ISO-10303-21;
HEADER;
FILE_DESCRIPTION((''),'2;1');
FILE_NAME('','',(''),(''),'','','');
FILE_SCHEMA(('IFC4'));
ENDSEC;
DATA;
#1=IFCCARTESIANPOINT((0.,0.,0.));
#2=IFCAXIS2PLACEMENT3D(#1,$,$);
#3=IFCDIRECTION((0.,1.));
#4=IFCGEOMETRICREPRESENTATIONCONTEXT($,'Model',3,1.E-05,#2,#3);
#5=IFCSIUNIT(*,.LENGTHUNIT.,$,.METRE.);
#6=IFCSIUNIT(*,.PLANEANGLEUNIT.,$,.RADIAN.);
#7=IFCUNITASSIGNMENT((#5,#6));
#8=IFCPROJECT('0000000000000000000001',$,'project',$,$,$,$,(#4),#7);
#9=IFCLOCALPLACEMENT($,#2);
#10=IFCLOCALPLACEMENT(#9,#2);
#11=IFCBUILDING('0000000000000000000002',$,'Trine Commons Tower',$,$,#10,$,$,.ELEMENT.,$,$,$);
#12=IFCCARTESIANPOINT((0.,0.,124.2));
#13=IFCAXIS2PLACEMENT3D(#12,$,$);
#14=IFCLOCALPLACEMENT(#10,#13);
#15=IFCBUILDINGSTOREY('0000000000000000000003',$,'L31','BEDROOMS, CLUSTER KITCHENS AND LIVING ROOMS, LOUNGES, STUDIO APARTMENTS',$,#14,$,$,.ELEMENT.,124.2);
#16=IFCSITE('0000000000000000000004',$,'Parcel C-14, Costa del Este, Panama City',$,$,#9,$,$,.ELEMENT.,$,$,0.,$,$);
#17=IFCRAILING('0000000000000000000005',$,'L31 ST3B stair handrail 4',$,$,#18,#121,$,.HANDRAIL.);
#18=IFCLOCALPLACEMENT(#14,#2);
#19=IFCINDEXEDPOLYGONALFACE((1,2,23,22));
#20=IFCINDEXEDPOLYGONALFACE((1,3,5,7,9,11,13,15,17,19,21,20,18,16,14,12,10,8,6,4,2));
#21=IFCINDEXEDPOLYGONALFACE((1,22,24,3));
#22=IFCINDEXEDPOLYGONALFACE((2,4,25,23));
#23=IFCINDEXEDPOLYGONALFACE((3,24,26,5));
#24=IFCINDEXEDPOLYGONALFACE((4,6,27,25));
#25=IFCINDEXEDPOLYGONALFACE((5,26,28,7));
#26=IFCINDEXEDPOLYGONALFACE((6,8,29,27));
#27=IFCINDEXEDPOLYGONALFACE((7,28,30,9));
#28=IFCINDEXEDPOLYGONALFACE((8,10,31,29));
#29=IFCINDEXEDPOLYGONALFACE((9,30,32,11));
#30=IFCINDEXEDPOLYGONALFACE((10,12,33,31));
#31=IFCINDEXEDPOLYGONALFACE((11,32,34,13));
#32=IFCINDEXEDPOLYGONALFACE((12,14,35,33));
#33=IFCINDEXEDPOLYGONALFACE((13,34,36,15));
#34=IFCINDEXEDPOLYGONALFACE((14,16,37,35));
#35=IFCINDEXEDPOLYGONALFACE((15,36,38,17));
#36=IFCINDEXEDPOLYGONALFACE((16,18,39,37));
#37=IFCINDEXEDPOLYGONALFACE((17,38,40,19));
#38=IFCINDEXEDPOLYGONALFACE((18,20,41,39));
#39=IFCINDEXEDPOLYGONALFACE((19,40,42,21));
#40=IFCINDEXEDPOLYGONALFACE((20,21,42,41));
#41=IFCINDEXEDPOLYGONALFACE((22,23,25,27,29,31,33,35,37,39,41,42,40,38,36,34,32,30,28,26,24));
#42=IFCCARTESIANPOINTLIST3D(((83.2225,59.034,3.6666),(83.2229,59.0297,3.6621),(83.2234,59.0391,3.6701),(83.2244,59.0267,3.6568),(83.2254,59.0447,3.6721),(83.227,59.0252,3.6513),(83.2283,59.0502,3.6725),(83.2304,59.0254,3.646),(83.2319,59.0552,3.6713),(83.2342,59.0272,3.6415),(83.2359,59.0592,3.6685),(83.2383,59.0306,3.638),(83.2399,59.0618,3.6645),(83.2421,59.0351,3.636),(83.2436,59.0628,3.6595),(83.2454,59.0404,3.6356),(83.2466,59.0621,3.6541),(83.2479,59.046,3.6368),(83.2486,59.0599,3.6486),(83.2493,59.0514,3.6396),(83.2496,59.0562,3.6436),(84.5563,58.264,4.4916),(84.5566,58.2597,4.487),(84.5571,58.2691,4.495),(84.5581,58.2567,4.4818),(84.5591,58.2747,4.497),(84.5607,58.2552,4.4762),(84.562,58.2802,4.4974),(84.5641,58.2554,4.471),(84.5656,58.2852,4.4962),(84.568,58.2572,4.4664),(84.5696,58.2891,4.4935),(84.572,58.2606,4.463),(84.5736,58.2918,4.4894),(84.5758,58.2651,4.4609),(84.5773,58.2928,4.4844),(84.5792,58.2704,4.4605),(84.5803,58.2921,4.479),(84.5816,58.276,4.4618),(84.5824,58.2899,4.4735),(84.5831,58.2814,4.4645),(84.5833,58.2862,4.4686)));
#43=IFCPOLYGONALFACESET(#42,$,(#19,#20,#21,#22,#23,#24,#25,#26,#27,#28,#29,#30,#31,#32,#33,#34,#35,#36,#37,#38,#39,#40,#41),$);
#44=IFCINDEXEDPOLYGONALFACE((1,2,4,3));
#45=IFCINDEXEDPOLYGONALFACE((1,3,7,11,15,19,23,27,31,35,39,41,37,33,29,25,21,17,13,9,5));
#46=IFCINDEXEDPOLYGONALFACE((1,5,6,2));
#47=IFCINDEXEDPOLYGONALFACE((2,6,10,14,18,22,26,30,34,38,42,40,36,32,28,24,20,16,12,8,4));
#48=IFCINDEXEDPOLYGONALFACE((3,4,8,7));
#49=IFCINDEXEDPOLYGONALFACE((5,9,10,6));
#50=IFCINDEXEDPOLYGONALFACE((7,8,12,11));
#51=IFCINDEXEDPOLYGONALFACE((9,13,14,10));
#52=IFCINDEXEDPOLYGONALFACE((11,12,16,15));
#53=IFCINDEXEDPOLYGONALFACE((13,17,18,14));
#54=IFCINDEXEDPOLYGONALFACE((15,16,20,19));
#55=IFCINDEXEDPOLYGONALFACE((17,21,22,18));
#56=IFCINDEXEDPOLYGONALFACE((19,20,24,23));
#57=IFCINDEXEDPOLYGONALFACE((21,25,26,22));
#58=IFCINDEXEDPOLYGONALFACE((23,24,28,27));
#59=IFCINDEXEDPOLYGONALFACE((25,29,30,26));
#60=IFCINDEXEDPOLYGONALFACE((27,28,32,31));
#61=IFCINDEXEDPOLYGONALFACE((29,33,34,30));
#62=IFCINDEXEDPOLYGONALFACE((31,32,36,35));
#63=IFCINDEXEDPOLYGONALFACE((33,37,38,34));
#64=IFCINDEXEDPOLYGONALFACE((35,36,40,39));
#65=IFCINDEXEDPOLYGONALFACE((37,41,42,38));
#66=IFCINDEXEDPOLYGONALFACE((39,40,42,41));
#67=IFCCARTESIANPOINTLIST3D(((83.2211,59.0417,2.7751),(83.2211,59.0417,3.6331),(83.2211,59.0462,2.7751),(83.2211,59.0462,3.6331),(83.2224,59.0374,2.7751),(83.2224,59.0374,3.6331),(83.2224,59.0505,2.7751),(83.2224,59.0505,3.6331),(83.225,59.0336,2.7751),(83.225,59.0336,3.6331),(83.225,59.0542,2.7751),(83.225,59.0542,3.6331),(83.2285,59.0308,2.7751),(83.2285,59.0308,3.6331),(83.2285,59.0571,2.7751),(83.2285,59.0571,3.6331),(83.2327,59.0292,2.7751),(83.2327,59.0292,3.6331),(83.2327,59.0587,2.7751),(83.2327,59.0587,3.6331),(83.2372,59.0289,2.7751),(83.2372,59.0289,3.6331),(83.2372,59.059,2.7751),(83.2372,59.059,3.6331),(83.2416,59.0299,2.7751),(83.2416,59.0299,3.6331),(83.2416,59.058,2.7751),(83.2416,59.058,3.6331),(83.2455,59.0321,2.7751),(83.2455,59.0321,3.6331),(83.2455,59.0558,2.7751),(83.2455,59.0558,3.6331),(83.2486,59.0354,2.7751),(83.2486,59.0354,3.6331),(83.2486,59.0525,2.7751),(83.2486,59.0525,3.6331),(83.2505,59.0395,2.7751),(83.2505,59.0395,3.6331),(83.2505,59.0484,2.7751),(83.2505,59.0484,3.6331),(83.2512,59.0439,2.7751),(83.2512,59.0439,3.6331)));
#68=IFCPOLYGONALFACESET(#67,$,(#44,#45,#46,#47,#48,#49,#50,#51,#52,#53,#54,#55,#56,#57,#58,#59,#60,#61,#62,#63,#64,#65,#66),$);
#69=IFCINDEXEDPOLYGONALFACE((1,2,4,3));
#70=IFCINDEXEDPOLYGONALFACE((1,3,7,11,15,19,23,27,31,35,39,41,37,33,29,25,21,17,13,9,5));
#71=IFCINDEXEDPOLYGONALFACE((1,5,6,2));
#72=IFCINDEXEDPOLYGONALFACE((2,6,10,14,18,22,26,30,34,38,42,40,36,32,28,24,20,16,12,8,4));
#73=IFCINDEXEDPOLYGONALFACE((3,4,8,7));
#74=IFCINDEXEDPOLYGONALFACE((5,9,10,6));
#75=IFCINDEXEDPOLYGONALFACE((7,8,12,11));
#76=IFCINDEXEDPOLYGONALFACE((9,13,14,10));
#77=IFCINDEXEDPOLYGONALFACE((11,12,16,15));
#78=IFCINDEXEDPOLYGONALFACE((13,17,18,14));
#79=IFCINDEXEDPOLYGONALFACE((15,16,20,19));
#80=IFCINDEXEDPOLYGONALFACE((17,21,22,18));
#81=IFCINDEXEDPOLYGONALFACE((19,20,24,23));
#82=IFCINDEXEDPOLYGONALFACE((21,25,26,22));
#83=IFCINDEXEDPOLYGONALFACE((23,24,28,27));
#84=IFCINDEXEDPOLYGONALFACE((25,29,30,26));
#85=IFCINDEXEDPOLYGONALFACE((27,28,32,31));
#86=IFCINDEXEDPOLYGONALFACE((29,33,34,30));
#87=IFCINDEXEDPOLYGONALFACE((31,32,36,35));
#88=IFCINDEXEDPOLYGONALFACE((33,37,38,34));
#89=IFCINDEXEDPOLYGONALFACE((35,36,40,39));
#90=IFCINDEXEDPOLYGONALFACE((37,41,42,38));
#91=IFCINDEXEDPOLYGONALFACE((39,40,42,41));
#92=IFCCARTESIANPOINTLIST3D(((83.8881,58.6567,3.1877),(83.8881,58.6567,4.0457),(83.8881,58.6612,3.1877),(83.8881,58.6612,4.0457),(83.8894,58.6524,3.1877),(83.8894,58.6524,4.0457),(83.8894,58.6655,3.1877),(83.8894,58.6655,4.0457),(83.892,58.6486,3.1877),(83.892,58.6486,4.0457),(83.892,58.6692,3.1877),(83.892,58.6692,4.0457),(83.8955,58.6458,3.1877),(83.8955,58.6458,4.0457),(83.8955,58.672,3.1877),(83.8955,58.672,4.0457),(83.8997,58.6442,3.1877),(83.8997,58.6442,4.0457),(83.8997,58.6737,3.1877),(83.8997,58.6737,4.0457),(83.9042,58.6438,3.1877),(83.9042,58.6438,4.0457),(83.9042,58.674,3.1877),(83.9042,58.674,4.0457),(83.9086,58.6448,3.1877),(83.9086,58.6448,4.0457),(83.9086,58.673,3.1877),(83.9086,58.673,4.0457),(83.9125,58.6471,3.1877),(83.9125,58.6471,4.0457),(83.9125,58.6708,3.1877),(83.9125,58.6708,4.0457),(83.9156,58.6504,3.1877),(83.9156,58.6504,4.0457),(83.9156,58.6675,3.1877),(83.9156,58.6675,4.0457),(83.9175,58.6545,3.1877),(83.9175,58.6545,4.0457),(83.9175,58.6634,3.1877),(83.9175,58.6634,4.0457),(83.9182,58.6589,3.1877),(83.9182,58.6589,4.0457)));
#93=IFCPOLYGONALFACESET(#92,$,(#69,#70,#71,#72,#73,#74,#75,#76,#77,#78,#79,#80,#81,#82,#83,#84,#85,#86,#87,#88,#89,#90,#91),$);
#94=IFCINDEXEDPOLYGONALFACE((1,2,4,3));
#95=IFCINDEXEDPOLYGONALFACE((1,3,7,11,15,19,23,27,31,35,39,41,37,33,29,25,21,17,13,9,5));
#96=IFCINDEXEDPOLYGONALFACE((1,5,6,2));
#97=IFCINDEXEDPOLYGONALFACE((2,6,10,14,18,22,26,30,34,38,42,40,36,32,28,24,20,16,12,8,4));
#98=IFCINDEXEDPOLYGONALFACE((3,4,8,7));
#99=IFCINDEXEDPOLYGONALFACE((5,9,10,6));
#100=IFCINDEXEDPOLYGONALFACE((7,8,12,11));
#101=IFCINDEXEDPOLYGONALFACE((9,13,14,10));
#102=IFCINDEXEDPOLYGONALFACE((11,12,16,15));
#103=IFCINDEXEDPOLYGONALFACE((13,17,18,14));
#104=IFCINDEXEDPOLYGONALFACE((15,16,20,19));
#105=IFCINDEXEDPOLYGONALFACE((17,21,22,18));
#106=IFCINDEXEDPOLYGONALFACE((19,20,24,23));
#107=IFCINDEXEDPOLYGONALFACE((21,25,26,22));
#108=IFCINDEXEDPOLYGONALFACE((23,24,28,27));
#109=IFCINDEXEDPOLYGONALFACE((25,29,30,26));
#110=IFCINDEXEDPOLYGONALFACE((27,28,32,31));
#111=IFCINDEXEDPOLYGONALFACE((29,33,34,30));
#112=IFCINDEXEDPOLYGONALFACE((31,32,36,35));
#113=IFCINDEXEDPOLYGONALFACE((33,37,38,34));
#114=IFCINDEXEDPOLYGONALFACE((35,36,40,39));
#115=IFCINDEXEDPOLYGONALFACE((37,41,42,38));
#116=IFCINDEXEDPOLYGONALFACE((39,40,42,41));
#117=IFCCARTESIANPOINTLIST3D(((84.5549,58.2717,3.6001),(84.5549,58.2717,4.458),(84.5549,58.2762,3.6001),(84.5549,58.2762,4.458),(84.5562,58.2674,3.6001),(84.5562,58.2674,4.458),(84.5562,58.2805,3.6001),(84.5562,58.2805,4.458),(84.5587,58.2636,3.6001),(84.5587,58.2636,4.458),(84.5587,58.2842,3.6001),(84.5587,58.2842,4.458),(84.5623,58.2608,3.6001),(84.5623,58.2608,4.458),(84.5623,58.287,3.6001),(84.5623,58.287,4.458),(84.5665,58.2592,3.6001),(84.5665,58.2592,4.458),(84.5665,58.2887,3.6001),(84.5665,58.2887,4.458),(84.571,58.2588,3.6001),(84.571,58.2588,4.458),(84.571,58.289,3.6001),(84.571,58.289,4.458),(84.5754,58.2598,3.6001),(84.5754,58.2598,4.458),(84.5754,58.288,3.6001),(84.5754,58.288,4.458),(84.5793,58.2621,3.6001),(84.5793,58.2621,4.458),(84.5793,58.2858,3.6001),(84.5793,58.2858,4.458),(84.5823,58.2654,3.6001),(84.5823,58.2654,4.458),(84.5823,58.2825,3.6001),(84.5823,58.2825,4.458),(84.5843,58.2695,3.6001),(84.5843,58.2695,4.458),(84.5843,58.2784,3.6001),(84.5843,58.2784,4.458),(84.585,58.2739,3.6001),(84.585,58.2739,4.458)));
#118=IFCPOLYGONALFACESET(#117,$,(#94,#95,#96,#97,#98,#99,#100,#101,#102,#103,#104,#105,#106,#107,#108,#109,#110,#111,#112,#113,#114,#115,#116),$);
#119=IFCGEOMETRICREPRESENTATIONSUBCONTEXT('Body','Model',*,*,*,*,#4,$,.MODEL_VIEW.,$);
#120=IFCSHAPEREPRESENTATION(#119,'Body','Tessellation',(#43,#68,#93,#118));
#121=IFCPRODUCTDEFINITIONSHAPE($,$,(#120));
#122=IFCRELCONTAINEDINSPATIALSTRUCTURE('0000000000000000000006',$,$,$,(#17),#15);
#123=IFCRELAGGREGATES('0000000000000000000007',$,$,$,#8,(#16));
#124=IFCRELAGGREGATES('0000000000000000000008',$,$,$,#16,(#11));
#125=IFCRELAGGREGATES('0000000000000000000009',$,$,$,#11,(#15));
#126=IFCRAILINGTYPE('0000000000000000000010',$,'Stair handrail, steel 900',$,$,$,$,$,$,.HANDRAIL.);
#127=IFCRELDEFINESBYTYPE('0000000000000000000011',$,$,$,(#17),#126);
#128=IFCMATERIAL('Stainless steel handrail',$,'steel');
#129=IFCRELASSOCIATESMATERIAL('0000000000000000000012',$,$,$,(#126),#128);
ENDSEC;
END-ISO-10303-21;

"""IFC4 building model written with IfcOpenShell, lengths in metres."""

from ifc_helpers import new_model, si_unit, direction, frame, origin, origin_2d, place, context, subcontext, project, spatial, circle, extrude, material, type_object, element, save


model = new_model("IFC4")

# Units and contexts
model_context = context("Model", 3, precision=1e-05, world=origin(), true_north=direction((0.0, 1.0)))
body_context = subcontext(model_context, "Body", "Model", "MODEL_VIEW")
ifc_project = project(units=[si_unit("LENGTHUNIT", "METRE"), si_unit("PLANEANGLEUNIT", "RADIAN")], contexts=[model_context])

# Site, building, storey
site_placement = place(None, origin())
site = spatial("IfcSite", under=ifc_project, at=site_placement, Name="Parcel C-14, Costa del Este, Panama City", CompositionType="ELEMENT", RefElevation=0.0)
building_placement = place(site_placement, origin())
building = spatial("IfcBuilding", under=site, at=building_placement, Name="Trine Commons Tower", CompositionType="ELEMENT")
storey_placement = place(building_placement, frame((0.0, 0.0, 124.2)))
storey = spatial("IfcBuildingStorey", under=building, at=storey_placement, Name="L31", Description="BEDROOMS, CLUSTER KITCHENS AND LIVING ROOMS, LOUNGES, STUDIO APARTMENTS", CompositionType="ELEMENT", Elevation=124.2)

# Railing
ifc_material_1 = material(Name="Stainless steel handrail", Category="steel")
railing_type_1 = type_object("IfcRailingType", Name="Stair handrail, steel 900", PredefinedType="HANDRAIL", material=ifc_material_1)
railing_1_placement = place(storey_placement, frame((83.2361, 59.0439, 2.7751)))
element("IfcRailing", 1, at=railing_1_placement, inside=storey, type_object=railing_type_1, Name="L31 ST3B stair handrail 4", PredefinedType="HANDRAIL", context=body_context, shape_type="SweptSolid", body=[
    extrude(circle(Radius=0.021, at=origin_2d()), frame((0.0, 0.0, 0.8789), z_axis=(0.763405, -0.440743, 0.472185), x_axis=(0.499992, 0.86603, 0.0)), (0.0, 0.0, 1.0), 1.7471),
    extrude(circle(Radius=0.0151, at=origin_2d()), origin(), (0.0, 0.0, 1.0), 0.8579),
    extrude(circle(Radius=0.0151, at=origin_2d()), frame((0.667, -0.385, 0.4126)), (0.0, 0.0, 1.0), 0.8579),
    extrude(circle(Radius=0.0151, at=origin_2d()), frame((1.3337, -0.77, 0.825)), (0.0, 0.0, 1.0), 0.8579),
])

save(model, "model.ifc")
